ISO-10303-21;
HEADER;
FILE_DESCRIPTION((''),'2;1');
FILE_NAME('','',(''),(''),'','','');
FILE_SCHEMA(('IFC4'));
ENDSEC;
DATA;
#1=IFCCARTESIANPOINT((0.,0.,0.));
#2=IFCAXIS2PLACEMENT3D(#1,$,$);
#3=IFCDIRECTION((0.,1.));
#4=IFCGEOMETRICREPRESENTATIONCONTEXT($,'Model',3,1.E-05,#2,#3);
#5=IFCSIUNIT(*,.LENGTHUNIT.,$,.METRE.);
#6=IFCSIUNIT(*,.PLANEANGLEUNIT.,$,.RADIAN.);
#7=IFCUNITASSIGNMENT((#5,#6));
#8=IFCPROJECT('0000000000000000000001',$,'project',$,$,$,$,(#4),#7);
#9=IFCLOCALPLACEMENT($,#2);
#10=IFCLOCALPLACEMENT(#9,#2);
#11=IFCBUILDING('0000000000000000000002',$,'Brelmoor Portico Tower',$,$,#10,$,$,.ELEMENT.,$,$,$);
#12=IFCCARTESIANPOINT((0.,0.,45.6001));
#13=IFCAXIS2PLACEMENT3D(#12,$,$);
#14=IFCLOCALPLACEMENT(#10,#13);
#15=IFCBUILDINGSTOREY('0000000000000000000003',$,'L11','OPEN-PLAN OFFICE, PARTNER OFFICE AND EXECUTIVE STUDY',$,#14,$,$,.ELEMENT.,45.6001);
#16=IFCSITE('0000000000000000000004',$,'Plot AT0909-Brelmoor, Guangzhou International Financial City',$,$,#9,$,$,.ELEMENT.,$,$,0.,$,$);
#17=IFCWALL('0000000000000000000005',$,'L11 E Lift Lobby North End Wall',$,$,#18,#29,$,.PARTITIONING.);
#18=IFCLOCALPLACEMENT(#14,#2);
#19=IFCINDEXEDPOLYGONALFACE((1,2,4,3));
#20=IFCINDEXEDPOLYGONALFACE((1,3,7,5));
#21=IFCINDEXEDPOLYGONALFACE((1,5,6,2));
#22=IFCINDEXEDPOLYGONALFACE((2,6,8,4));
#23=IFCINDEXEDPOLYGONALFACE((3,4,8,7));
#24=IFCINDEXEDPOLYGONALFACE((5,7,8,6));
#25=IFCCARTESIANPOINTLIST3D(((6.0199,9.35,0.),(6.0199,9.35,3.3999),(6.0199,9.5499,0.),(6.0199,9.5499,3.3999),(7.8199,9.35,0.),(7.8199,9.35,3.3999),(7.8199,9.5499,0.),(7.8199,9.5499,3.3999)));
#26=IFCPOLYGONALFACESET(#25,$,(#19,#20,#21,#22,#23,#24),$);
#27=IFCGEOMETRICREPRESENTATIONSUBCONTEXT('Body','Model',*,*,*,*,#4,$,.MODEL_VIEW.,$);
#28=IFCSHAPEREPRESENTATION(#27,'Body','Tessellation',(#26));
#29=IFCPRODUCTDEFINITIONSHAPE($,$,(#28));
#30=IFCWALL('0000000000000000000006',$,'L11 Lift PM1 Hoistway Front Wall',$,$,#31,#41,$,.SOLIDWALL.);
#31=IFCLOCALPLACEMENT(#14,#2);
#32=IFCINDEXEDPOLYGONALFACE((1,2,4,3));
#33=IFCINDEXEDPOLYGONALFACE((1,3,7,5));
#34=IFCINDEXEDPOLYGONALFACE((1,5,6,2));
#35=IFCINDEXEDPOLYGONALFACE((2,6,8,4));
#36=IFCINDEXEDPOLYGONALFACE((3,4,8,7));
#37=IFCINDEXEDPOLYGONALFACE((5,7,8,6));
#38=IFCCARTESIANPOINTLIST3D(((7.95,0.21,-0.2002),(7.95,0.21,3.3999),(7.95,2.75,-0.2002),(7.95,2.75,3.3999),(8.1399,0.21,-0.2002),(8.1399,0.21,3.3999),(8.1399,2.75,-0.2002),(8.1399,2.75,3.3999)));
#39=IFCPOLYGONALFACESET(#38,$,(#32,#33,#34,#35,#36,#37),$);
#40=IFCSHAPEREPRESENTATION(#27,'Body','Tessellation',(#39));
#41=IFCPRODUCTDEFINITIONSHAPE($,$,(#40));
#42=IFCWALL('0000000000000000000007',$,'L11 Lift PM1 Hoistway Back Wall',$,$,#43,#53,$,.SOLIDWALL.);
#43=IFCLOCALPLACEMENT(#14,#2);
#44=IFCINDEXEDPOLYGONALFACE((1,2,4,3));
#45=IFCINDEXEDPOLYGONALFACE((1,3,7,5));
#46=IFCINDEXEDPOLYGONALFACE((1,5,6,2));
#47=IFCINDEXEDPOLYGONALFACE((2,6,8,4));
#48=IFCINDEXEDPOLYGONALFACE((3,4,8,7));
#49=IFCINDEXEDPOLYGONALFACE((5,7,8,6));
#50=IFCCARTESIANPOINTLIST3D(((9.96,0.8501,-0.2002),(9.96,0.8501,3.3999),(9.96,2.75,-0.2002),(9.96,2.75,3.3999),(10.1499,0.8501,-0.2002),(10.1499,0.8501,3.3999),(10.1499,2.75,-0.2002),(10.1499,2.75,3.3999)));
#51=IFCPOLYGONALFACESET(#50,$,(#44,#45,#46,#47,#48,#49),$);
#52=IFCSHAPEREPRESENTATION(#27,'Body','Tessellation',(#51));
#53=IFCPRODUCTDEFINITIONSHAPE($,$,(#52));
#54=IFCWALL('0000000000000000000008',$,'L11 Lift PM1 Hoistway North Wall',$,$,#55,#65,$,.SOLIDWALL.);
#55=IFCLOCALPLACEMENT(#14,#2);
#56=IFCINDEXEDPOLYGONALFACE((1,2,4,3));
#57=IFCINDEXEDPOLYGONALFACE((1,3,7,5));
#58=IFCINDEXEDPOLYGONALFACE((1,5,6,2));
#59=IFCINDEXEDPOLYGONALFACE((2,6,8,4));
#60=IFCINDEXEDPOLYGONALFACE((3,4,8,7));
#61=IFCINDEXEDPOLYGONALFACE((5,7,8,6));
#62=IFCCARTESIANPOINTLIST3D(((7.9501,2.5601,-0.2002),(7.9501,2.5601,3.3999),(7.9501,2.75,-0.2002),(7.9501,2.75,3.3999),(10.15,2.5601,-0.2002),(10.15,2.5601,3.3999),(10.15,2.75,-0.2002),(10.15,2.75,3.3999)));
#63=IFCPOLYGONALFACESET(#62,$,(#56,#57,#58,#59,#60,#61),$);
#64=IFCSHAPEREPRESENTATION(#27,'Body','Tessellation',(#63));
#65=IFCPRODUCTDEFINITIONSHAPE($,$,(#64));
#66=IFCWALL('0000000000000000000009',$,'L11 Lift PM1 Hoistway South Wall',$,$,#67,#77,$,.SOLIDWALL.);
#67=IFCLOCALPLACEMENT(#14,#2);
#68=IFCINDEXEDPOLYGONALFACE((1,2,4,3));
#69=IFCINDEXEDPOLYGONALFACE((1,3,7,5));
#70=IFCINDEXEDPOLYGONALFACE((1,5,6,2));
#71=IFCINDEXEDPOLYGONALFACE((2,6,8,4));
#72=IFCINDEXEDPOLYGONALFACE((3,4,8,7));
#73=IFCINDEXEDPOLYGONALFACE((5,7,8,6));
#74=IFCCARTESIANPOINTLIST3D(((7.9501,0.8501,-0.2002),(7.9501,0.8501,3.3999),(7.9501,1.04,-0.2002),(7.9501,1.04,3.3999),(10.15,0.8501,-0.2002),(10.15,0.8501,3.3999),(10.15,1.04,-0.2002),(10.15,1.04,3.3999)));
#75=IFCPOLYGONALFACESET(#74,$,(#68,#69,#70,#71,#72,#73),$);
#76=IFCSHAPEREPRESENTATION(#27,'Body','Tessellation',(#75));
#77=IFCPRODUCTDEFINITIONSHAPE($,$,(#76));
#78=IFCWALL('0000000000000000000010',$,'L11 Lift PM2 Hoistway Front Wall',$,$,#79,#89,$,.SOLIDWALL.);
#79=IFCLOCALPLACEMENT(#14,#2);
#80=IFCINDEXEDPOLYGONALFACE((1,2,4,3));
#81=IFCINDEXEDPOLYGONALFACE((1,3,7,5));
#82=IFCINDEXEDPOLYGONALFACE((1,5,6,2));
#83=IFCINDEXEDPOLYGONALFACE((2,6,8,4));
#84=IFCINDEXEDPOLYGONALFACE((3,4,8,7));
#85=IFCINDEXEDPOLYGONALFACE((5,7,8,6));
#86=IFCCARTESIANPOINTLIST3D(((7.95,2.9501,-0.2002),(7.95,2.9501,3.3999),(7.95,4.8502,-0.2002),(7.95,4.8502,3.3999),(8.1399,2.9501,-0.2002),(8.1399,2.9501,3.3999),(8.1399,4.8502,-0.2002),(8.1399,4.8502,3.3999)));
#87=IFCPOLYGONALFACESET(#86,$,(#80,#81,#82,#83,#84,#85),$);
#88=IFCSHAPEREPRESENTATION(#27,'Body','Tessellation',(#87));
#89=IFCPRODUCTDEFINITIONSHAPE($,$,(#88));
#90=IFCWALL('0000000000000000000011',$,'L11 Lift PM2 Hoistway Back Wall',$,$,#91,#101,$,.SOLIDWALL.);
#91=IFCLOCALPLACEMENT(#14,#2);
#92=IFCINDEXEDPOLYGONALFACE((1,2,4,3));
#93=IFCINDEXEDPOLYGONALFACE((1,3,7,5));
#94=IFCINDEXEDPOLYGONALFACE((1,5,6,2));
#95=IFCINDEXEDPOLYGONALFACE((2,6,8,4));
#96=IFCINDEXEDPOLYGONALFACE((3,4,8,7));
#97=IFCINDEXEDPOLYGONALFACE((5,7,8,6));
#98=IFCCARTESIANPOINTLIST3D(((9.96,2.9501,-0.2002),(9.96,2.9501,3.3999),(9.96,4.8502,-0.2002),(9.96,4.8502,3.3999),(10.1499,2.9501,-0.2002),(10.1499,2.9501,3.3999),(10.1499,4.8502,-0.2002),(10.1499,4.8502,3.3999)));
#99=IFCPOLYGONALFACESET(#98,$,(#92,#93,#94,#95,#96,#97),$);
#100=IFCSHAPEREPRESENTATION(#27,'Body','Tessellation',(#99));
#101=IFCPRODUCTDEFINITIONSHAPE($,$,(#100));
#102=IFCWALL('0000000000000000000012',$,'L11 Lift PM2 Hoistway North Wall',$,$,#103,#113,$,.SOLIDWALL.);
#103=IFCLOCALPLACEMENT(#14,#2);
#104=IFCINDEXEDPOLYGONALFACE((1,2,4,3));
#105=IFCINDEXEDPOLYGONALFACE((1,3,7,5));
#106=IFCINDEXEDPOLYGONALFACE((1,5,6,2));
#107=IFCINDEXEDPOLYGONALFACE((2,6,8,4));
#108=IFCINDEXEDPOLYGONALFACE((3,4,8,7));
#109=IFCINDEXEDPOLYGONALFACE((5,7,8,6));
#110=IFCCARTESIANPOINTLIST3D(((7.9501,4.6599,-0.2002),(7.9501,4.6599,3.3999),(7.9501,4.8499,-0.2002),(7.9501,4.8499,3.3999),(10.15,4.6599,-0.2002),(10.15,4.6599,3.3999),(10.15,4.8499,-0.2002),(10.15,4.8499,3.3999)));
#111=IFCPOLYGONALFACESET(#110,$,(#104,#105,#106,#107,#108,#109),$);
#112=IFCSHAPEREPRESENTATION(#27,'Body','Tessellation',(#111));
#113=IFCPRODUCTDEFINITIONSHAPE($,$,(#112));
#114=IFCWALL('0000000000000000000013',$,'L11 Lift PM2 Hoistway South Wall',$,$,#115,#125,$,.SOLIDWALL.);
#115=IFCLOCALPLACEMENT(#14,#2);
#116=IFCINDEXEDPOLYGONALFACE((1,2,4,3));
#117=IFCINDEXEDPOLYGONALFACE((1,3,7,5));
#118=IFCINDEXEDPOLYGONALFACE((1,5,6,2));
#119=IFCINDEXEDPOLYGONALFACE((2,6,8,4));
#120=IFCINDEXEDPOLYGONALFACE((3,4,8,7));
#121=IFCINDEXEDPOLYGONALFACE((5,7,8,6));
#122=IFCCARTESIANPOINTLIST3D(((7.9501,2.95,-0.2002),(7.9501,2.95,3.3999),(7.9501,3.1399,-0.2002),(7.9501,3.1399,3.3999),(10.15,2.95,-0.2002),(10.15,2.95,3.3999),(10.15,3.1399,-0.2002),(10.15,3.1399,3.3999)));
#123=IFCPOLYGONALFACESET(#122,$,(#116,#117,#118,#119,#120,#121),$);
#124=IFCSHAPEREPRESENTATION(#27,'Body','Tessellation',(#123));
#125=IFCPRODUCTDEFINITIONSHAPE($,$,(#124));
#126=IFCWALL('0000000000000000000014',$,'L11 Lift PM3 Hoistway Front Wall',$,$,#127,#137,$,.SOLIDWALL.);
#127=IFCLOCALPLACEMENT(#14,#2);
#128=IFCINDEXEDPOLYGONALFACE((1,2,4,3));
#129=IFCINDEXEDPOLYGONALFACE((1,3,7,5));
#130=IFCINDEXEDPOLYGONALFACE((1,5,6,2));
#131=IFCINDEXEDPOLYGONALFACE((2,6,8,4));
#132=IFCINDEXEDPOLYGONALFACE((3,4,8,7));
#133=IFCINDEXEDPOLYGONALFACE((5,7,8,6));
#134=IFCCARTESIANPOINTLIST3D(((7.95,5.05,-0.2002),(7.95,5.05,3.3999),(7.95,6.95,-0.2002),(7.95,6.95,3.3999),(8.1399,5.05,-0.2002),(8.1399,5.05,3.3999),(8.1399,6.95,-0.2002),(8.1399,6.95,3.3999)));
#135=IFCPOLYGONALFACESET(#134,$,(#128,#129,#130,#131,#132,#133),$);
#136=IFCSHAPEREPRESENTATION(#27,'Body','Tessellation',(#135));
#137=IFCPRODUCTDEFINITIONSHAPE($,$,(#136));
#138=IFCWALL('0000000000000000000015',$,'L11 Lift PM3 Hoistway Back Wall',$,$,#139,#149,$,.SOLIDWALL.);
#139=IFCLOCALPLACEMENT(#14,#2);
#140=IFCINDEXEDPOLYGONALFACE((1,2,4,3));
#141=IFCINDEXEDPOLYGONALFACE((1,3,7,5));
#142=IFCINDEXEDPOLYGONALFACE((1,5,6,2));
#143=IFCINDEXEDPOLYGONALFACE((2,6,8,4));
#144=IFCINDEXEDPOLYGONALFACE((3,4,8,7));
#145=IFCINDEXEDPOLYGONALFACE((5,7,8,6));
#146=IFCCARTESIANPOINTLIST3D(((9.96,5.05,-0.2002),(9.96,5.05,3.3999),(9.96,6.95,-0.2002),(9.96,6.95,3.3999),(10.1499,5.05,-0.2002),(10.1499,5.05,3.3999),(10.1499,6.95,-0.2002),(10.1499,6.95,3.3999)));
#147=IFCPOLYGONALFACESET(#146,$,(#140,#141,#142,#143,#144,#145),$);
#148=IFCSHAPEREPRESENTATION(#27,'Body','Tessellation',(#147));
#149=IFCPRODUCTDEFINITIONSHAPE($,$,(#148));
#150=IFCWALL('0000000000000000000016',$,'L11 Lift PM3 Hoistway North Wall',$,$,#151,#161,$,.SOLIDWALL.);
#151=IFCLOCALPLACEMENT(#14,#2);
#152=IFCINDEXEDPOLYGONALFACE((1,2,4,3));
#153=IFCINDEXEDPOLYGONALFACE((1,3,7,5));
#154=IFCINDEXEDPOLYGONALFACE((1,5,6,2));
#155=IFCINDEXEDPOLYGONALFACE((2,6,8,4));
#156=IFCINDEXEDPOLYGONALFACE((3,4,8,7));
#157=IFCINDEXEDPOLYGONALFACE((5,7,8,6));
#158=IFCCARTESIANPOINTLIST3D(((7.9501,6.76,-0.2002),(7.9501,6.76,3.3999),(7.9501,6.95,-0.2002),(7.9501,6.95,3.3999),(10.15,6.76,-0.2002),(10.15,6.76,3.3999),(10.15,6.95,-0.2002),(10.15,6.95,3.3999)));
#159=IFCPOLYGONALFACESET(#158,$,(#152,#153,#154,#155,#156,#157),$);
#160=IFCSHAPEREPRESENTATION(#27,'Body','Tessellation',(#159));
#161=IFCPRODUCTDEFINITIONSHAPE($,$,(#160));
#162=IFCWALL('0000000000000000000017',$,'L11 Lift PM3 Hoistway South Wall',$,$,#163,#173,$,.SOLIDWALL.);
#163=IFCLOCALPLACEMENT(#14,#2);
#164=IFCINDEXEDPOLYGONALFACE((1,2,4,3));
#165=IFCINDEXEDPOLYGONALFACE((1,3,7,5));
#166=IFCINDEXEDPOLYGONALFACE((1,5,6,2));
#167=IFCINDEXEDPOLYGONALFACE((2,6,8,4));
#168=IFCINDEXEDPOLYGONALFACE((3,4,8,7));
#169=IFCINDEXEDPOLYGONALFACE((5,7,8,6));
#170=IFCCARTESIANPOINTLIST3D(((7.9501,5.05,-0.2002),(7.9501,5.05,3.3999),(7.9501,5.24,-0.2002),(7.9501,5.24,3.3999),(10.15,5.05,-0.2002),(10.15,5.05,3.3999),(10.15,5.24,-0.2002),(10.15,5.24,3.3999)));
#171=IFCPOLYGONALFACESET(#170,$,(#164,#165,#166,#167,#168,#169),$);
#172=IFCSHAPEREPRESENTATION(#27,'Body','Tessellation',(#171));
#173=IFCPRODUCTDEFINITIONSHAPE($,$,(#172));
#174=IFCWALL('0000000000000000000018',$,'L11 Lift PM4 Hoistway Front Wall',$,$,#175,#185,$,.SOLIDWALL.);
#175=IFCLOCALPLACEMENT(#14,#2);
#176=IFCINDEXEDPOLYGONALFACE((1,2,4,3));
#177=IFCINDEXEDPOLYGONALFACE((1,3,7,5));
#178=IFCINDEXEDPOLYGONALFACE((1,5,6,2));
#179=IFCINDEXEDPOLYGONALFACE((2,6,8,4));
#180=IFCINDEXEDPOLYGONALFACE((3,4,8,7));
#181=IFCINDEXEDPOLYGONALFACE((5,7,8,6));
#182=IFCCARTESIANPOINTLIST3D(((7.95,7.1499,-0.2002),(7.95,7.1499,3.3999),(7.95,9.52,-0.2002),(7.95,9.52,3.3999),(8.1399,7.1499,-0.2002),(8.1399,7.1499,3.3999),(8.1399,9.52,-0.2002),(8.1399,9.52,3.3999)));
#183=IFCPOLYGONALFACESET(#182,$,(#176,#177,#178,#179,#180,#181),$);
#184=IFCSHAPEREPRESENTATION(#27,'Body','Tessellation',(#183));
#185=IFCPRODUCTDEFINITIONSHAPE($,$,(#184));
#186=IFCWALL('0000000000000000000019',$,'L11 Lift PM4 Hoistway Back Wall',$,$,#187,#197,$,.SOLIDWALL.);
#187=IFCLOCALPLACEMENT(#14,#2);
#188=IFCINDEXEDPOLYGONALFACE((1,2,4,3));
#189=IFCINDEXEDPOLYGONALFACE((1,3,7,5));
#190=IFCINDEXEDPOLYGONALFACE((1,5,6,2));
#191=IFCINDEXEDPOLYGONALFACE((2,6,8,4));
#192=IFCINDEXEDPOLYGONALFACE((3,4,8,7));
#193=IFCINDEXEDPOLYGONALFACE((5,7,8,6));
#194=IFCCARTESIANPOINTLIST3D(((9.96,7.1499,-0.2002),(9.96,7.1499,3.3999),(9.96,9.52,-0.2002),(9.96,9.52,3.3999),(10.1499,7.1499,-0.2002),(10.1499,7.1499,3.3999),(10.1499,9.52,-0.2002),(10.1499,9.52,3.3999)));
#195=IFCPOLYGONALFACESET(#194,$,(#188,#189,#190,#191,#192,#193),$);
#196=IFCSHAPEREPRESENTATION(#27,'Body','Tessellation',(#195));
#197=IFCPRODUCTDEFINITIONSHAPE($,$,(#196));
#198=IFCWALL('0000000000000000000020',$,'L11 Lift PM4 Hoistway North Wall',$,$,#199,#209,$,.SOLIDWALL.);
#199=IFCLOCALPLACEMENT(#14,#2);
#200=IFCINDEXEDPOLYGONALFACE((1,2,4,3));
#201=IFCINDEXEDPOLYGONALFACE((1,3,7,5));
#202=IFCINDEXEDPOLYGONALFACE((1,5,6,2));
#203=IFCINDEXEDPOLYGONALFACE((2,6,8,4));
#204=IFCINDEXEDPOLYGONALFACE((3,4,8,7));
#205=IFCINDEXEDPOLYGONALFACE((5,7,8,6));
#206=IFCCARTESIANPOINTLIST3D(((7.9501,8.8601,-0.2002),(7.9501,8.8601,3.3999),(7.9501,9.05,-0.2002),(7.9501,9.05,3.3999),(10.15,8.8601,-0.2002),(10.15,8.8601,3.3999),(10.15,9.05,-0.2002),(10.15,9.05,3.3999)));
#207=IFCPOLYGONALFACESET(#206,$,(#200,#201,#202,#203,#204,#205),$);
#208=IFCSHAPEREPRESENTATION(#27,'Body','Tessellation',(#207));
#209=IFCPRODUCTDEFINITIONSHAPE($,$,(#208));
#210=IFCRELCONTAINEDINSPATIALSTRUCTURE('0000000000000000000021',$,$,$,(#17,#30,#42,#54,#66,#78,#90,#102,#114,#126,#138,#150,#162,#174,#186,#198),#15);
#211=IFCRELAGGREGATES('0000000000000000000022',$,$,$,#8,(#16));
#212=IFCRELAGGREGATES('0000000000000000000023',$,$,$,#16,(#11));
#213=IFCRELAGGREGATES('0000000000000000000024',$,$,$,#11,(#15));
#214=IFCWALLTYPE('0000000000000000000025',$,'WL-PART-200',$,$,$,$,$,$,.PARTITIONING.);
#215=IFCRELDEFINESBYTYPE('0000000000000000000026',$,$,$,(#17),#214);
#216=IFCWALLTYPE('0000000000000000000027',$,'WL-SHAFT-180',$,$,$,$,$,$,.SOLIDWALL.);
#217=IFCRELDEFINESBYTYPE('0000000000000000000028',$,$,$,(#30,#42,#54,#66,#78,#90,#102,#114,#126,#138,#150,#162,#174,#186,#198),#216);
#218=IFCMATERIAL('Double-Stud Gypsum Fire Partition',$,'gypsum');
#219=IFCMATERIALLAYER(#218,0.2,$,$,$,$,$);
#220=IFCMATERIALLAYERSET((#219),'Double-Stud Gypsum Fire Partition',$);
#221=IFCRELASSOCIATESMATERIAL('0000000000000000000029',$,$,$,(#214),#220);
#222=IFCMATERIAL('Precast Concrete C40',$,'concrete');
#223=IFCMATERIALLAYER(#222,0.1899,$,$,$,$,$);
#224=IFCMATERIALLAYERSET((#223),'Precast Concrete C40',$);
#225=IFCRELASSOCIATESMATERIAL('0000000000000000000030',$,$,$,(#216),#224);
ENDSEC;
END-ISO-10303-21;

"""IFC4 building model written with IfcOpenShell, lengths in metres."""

from ifc_helpers import new_model, si_unit, direction, frame, frame_2d, origin, place, context, subcontext, project, spatial, rectangle, extrude, material, layer, layer_set, type_object, element, save


model = new_model("IFC4")

# Units and contexts
model_context = context("Model", 3, precision=1e-05, world=origin(), true_north=direction((0.0, 1.0)))
body_context = subcontext(model_context, "Body", "Model", "MODEL_VIEW")
ifc_project = project(units=[si_unit("LENGTHUNIT", "METRE"), si_unit("PLANEANGLEUNIT", "RADIAN")], contexts=[model_context])

# Site, building, storey
site_placement = place(None, origin())
site = spatial("IfcSite", under=ifc_project, at=site_placement, Name="Plot AT0909-Brelmoor, Guangzhou International Financial City", CompositionType="ELEMENT", RefElevation=0.0)
building_placement = place(site_placement, origin())
building = spatial("IfcBuilding", under=site, at=building_placement, Name="Brelmoor Portico Tower", CompositionType="ELEMENT")
storey_placement = place(building_placement, frame((0.0, 0.0, 45.6001)))
storey = spatial("IfcBuildingStorey", under=building, at=storey_placement, Name="L11", Description="OPEN-PLAN OFFICE, PARTNER OFFICE AND EXECUTIVE STUDY", CompositionType="ELEMENT", Elevation=45.6001)

# Walls
ifc_material_1 = material(Name="Double-Stud Gypsum Fire Partition", Category="gypsum")
ifc_layer_1 = layer(ifc_material_1, 0.2)
ifc_layer_set_1 = layer_set([ifc_layer_1], Name="Double-Stud Gypsum Fire Partition")
wall_type_1 = type_object("IfcWallType", Name="WL-PART-200", PredefinedType="PARTITIONING", material=ifc_layer_set_1)
wall_1_placement = place(storey_placement, frame((6.02, 9.45, 0.0), z_axis=(0.0, 0.0, 1.0), x_axis=(1.0, 0.0, 0.0)))
element("IfcWall", 1, at=wall_1_placement, inside=storey, type_object=wall_type_1, Name="L11 E Lift Lobby North End Wall", PredefinedType="PARTITIONING", context=body_context, shape_type="SweptSolid", body=[
    extrude(rectangle(XDim=1.8, YDim=0.2, at=frame_2d((0.8999, 0.0))), origin(), (0.0, 0.0, 1.0), 3.3999),
])
ifc_material_2 = material(Name="Precast Concrete C40", Category="concrete")
ifc_layer_2 = layer(ifc_material_2, 0.1899)
ifc_layer_set_2 = layer_set([ifc_layer_2], Name="Precast Concrete C40")
wall_type_2 = type_object("IfcWallType", Name="WL-SHAFT-180", PredefinedType="SOLIDWALL", material=ifc_layer_set_2)
wall_2_placement = place(storey_placement, frame((8.0449, 0.21, -0.2002), z_axis=(0.0, 0.0, 1.0), x_axis=(0.0, 1.0, 0.0)))
element("IfcWall", 2, at=wall_2_placement, inside=storey, type_object=wall_type_2, Name="L11 Lift PM1 Hoistway Front Wall", PredefinedType="SOLIDWALL", context=body_context, shape_type="SweptSolid", body=[
    extrude(rectangle(XDim=2.54, YDim=0.1899, at=frame_2d((1.27, 0.0))), origin(), (0.0, 0.0, 1.0), 3.6001),
])
wall_3_placement = place(storey_placement, frame((10.0549, 0.8501, -0.2002), z_axis=(0.0, 0.0, 1.0), x_axis=(0.0, 1.0, 0.0)))
element("IfcWall", 3, at=wall_3_placement, inside=storey, type_object=wall_type_2, Name="L11 Lift PM1 Hoistway Back Wall", PredefinedType="SOLIDWALL", context=body_context, shape_type="SweptSolid", body=[
    extrude(rectangle(XDim=1.8999, YDim=0.1899, at=frame_2d((0.95, 0.0))), origin(), (0.0, 0.0, 1.0), 3.6001),
])
for number, where, z_axis, x_axis, name in (
    (4, (7.95, 2.655, -0.2002), (0.0, 0.0, 1.0), (1.0, 0.0, 0.0), "L11 Lift PM1 Hoistway North Wall"),
    (5, (7.95, 0.9451, -0.2002), (0.0, 0.0, 1.0), (1.0, 0.0, 0.0), "L11 Lift PM1 Hoistway South Wall"),
):
    element("IfcWall", number, at=place(storey_placement, frame(where, z_axis=z_axis, x_axis=x_axis)), inside=storey, type_object=wall_type_2, Name=name, PredefinedType="SOLIDWALL", context=body_context, shape_type="SweptSolid", body=[
        extrude(rectangle(XDim=2.2, YDim=0.1899, at=frame_2d((1.1001, 0.0))), origin(), (0.0, 0.0, 1.0), 3.6001),
    ])
for number, where, z_axis, x_axis, name in (
    (6, (8.0449, 2.95, -0.2002), (0.0, 0.0, 1.0), (0.0, 1.0, 0.0), "L11 Lift PM2 Hoistway Front Wall"),
    (7, (10.0549, 2.95, -0.2002), (0.0, 0.0, 1.0), (0.0, 1.0, 0.0), "L11 Lift PM2 Hoistway Back Wall"),
):
    element("IfcWall", number, at=place(storey_placement, frame(where, z_axis=z_axis, x_axis=x_axis)), inside=storey, type_object=wall_type_2, Name=name, PredefinedType="SOLIDWALL", context=body_context, shape_type="SweptSolid", body=[
        extrude(rectangle(XDim=1.9001, YDim=0.1899, at=frame_2d((0.9502, 0.0))), origin(), (0.0, 0.0, 1.0), 3.6001),
    ])
for number, where, z_axis, x_axis, name in (
    (8, (7.95, 4.7549, -0.2002), (0.0, 0.0, 1.0), (1.0, 0.0, 0.0), "L11 Lift PM2 Hoistway North Wall"),
    (9, (7.95, 3.0449, -0.2002), (0.0, 0.0, 1.0), (1.0, 0.0, 0.0), "L11 Lift PM2 Hoistway South Wall"),
):
    element("IfcWall", number, at=place(storey_placement, frame(where, z_axis=z_axis, x_axis=x_axis)), inside=storey, type_object=wall_type_2, Name=name, PredefinedType="SOLIDWALL", context=body_context, shape_type="SweptSolid", body=[
        extrude(rectangle(XDim=2.2, YDim=0.1899, at=frame_2d((1.1001, 0.0))), origin(), (0.0, 0.0, 1.0), 3.6001),
    ])
for number, where, z_axis, x_axis, name in (
    (10, (8.0449, 5.05, -0.2002), (0.0, 0.0, 1.0), (0.0, 1.0, 0.0), "L11 Lift PM3 Hoistway Front Wall"),
    (11, (10.0549, 5.05, -0.2002), (0.0, 0.0, 1.0), (0.0, 1.0, 0.0), "L11 Lift PM3 Hoistway Back Wall"),
):
    element("IfcWall", number, at=place(storey_placement, frame(where, z_axis=z_axis, x_axis=x_axis)), inside=storey, type_object=wall_type_2, Name=name, PredefinedType="SOLIDWALL", context=body_context, shape_type="SweptSolid", body=[
        extrude(rectangle(XDim=1.8999, YDim=0.1899, at=frame_2d((0.95, 0.0))), origin(), (0.0, 0.0, 1.0), 3.6001),
    ])
for number, where, z_axis, x_axis, name in (
    (12, (7.95, 6.855, -0.2002), (0.0, 0.0, 1.0), (1.0, 0.0, 0.0), "L11 Lift PM3 Hoistway North Wall"),
    (13, (7.95, 5.145, -0.2002), (0.0, 0.0, 1.0), (1.0, 0.0, 0.0), "L11 Lift PM3 Hoistway South Wall"),
):
    element("IfcWall", number, at=place(storey_placement, frame(where, z_axis=z_axis, x_axis=x_axis)), inside=storey, type_object=wall_type_2, Name=name, PredefinedType="SOLIDWALL", context=body_context, shape_type="SweptSolid", body=[
        extrude(rectangle(XDim=2.2, YDim=0.1899, at=frame_2d((1.1001, 0.0))), origin(), (0.0, 0.0, 1.0), 3.6001),
    ])
for number, where, z_axis, x_axis, name in (
    (14, (8.0449, 7.1499, -0.2002), (0.0, 0.0, 1.0), (0.0, 1.0, 0.0), "L11 Lift PM4 Hoistway Front Wall"),
    (15, (10.0549, 7.1499, -0.2002), (0.0, 0.0, 1.0), (0.0, 1.0, 0.0), "L11 Lift PM4 Hoistway Back Wall"),
):
    element("IfcWall", number, at=place(storey_placement, frame(where, z_axis=z_axis, x_axis=x_axis)), inside=storey, type_object=wall_type_2, Name=name, PredefinedType="SOLIDWALL", context=body_context, shape_type="SweptSolid", body=[
        extrude(rectangle(XDim=2.3701, YDim=0.1899, at=frame_2d((1.1851, 0.0))), origin(), (0.0, 0.0, 1.0), 3.6001),
    ])
for number, where, z_axis, x_axis, name in (
    (16, (7.95, 8.9551, -0.2002), (0.0, 0.0, 1.0), (1.0, 0.0, 0.0), "L11 Lift PM4 Hoistway North Wall"),
):
    element("IfcWall", number, at=place(storey_placement, frame(where, z_axis=z_axis, x_axis=x_axis)), inside=storey, type_object=wall_type_2, Name=name, PredefinedType="SOLIDWALL", context=body_context, shape_type="SweptSolid", body=[
        extrude(rectangle(XDim=2.2, YDim=0.1899, at=frame_2d((1.1001, 0.0))), origin(), (0.0, 0.0, 1.0), 3.6001),
    ])

save(model, "model.ifc")
